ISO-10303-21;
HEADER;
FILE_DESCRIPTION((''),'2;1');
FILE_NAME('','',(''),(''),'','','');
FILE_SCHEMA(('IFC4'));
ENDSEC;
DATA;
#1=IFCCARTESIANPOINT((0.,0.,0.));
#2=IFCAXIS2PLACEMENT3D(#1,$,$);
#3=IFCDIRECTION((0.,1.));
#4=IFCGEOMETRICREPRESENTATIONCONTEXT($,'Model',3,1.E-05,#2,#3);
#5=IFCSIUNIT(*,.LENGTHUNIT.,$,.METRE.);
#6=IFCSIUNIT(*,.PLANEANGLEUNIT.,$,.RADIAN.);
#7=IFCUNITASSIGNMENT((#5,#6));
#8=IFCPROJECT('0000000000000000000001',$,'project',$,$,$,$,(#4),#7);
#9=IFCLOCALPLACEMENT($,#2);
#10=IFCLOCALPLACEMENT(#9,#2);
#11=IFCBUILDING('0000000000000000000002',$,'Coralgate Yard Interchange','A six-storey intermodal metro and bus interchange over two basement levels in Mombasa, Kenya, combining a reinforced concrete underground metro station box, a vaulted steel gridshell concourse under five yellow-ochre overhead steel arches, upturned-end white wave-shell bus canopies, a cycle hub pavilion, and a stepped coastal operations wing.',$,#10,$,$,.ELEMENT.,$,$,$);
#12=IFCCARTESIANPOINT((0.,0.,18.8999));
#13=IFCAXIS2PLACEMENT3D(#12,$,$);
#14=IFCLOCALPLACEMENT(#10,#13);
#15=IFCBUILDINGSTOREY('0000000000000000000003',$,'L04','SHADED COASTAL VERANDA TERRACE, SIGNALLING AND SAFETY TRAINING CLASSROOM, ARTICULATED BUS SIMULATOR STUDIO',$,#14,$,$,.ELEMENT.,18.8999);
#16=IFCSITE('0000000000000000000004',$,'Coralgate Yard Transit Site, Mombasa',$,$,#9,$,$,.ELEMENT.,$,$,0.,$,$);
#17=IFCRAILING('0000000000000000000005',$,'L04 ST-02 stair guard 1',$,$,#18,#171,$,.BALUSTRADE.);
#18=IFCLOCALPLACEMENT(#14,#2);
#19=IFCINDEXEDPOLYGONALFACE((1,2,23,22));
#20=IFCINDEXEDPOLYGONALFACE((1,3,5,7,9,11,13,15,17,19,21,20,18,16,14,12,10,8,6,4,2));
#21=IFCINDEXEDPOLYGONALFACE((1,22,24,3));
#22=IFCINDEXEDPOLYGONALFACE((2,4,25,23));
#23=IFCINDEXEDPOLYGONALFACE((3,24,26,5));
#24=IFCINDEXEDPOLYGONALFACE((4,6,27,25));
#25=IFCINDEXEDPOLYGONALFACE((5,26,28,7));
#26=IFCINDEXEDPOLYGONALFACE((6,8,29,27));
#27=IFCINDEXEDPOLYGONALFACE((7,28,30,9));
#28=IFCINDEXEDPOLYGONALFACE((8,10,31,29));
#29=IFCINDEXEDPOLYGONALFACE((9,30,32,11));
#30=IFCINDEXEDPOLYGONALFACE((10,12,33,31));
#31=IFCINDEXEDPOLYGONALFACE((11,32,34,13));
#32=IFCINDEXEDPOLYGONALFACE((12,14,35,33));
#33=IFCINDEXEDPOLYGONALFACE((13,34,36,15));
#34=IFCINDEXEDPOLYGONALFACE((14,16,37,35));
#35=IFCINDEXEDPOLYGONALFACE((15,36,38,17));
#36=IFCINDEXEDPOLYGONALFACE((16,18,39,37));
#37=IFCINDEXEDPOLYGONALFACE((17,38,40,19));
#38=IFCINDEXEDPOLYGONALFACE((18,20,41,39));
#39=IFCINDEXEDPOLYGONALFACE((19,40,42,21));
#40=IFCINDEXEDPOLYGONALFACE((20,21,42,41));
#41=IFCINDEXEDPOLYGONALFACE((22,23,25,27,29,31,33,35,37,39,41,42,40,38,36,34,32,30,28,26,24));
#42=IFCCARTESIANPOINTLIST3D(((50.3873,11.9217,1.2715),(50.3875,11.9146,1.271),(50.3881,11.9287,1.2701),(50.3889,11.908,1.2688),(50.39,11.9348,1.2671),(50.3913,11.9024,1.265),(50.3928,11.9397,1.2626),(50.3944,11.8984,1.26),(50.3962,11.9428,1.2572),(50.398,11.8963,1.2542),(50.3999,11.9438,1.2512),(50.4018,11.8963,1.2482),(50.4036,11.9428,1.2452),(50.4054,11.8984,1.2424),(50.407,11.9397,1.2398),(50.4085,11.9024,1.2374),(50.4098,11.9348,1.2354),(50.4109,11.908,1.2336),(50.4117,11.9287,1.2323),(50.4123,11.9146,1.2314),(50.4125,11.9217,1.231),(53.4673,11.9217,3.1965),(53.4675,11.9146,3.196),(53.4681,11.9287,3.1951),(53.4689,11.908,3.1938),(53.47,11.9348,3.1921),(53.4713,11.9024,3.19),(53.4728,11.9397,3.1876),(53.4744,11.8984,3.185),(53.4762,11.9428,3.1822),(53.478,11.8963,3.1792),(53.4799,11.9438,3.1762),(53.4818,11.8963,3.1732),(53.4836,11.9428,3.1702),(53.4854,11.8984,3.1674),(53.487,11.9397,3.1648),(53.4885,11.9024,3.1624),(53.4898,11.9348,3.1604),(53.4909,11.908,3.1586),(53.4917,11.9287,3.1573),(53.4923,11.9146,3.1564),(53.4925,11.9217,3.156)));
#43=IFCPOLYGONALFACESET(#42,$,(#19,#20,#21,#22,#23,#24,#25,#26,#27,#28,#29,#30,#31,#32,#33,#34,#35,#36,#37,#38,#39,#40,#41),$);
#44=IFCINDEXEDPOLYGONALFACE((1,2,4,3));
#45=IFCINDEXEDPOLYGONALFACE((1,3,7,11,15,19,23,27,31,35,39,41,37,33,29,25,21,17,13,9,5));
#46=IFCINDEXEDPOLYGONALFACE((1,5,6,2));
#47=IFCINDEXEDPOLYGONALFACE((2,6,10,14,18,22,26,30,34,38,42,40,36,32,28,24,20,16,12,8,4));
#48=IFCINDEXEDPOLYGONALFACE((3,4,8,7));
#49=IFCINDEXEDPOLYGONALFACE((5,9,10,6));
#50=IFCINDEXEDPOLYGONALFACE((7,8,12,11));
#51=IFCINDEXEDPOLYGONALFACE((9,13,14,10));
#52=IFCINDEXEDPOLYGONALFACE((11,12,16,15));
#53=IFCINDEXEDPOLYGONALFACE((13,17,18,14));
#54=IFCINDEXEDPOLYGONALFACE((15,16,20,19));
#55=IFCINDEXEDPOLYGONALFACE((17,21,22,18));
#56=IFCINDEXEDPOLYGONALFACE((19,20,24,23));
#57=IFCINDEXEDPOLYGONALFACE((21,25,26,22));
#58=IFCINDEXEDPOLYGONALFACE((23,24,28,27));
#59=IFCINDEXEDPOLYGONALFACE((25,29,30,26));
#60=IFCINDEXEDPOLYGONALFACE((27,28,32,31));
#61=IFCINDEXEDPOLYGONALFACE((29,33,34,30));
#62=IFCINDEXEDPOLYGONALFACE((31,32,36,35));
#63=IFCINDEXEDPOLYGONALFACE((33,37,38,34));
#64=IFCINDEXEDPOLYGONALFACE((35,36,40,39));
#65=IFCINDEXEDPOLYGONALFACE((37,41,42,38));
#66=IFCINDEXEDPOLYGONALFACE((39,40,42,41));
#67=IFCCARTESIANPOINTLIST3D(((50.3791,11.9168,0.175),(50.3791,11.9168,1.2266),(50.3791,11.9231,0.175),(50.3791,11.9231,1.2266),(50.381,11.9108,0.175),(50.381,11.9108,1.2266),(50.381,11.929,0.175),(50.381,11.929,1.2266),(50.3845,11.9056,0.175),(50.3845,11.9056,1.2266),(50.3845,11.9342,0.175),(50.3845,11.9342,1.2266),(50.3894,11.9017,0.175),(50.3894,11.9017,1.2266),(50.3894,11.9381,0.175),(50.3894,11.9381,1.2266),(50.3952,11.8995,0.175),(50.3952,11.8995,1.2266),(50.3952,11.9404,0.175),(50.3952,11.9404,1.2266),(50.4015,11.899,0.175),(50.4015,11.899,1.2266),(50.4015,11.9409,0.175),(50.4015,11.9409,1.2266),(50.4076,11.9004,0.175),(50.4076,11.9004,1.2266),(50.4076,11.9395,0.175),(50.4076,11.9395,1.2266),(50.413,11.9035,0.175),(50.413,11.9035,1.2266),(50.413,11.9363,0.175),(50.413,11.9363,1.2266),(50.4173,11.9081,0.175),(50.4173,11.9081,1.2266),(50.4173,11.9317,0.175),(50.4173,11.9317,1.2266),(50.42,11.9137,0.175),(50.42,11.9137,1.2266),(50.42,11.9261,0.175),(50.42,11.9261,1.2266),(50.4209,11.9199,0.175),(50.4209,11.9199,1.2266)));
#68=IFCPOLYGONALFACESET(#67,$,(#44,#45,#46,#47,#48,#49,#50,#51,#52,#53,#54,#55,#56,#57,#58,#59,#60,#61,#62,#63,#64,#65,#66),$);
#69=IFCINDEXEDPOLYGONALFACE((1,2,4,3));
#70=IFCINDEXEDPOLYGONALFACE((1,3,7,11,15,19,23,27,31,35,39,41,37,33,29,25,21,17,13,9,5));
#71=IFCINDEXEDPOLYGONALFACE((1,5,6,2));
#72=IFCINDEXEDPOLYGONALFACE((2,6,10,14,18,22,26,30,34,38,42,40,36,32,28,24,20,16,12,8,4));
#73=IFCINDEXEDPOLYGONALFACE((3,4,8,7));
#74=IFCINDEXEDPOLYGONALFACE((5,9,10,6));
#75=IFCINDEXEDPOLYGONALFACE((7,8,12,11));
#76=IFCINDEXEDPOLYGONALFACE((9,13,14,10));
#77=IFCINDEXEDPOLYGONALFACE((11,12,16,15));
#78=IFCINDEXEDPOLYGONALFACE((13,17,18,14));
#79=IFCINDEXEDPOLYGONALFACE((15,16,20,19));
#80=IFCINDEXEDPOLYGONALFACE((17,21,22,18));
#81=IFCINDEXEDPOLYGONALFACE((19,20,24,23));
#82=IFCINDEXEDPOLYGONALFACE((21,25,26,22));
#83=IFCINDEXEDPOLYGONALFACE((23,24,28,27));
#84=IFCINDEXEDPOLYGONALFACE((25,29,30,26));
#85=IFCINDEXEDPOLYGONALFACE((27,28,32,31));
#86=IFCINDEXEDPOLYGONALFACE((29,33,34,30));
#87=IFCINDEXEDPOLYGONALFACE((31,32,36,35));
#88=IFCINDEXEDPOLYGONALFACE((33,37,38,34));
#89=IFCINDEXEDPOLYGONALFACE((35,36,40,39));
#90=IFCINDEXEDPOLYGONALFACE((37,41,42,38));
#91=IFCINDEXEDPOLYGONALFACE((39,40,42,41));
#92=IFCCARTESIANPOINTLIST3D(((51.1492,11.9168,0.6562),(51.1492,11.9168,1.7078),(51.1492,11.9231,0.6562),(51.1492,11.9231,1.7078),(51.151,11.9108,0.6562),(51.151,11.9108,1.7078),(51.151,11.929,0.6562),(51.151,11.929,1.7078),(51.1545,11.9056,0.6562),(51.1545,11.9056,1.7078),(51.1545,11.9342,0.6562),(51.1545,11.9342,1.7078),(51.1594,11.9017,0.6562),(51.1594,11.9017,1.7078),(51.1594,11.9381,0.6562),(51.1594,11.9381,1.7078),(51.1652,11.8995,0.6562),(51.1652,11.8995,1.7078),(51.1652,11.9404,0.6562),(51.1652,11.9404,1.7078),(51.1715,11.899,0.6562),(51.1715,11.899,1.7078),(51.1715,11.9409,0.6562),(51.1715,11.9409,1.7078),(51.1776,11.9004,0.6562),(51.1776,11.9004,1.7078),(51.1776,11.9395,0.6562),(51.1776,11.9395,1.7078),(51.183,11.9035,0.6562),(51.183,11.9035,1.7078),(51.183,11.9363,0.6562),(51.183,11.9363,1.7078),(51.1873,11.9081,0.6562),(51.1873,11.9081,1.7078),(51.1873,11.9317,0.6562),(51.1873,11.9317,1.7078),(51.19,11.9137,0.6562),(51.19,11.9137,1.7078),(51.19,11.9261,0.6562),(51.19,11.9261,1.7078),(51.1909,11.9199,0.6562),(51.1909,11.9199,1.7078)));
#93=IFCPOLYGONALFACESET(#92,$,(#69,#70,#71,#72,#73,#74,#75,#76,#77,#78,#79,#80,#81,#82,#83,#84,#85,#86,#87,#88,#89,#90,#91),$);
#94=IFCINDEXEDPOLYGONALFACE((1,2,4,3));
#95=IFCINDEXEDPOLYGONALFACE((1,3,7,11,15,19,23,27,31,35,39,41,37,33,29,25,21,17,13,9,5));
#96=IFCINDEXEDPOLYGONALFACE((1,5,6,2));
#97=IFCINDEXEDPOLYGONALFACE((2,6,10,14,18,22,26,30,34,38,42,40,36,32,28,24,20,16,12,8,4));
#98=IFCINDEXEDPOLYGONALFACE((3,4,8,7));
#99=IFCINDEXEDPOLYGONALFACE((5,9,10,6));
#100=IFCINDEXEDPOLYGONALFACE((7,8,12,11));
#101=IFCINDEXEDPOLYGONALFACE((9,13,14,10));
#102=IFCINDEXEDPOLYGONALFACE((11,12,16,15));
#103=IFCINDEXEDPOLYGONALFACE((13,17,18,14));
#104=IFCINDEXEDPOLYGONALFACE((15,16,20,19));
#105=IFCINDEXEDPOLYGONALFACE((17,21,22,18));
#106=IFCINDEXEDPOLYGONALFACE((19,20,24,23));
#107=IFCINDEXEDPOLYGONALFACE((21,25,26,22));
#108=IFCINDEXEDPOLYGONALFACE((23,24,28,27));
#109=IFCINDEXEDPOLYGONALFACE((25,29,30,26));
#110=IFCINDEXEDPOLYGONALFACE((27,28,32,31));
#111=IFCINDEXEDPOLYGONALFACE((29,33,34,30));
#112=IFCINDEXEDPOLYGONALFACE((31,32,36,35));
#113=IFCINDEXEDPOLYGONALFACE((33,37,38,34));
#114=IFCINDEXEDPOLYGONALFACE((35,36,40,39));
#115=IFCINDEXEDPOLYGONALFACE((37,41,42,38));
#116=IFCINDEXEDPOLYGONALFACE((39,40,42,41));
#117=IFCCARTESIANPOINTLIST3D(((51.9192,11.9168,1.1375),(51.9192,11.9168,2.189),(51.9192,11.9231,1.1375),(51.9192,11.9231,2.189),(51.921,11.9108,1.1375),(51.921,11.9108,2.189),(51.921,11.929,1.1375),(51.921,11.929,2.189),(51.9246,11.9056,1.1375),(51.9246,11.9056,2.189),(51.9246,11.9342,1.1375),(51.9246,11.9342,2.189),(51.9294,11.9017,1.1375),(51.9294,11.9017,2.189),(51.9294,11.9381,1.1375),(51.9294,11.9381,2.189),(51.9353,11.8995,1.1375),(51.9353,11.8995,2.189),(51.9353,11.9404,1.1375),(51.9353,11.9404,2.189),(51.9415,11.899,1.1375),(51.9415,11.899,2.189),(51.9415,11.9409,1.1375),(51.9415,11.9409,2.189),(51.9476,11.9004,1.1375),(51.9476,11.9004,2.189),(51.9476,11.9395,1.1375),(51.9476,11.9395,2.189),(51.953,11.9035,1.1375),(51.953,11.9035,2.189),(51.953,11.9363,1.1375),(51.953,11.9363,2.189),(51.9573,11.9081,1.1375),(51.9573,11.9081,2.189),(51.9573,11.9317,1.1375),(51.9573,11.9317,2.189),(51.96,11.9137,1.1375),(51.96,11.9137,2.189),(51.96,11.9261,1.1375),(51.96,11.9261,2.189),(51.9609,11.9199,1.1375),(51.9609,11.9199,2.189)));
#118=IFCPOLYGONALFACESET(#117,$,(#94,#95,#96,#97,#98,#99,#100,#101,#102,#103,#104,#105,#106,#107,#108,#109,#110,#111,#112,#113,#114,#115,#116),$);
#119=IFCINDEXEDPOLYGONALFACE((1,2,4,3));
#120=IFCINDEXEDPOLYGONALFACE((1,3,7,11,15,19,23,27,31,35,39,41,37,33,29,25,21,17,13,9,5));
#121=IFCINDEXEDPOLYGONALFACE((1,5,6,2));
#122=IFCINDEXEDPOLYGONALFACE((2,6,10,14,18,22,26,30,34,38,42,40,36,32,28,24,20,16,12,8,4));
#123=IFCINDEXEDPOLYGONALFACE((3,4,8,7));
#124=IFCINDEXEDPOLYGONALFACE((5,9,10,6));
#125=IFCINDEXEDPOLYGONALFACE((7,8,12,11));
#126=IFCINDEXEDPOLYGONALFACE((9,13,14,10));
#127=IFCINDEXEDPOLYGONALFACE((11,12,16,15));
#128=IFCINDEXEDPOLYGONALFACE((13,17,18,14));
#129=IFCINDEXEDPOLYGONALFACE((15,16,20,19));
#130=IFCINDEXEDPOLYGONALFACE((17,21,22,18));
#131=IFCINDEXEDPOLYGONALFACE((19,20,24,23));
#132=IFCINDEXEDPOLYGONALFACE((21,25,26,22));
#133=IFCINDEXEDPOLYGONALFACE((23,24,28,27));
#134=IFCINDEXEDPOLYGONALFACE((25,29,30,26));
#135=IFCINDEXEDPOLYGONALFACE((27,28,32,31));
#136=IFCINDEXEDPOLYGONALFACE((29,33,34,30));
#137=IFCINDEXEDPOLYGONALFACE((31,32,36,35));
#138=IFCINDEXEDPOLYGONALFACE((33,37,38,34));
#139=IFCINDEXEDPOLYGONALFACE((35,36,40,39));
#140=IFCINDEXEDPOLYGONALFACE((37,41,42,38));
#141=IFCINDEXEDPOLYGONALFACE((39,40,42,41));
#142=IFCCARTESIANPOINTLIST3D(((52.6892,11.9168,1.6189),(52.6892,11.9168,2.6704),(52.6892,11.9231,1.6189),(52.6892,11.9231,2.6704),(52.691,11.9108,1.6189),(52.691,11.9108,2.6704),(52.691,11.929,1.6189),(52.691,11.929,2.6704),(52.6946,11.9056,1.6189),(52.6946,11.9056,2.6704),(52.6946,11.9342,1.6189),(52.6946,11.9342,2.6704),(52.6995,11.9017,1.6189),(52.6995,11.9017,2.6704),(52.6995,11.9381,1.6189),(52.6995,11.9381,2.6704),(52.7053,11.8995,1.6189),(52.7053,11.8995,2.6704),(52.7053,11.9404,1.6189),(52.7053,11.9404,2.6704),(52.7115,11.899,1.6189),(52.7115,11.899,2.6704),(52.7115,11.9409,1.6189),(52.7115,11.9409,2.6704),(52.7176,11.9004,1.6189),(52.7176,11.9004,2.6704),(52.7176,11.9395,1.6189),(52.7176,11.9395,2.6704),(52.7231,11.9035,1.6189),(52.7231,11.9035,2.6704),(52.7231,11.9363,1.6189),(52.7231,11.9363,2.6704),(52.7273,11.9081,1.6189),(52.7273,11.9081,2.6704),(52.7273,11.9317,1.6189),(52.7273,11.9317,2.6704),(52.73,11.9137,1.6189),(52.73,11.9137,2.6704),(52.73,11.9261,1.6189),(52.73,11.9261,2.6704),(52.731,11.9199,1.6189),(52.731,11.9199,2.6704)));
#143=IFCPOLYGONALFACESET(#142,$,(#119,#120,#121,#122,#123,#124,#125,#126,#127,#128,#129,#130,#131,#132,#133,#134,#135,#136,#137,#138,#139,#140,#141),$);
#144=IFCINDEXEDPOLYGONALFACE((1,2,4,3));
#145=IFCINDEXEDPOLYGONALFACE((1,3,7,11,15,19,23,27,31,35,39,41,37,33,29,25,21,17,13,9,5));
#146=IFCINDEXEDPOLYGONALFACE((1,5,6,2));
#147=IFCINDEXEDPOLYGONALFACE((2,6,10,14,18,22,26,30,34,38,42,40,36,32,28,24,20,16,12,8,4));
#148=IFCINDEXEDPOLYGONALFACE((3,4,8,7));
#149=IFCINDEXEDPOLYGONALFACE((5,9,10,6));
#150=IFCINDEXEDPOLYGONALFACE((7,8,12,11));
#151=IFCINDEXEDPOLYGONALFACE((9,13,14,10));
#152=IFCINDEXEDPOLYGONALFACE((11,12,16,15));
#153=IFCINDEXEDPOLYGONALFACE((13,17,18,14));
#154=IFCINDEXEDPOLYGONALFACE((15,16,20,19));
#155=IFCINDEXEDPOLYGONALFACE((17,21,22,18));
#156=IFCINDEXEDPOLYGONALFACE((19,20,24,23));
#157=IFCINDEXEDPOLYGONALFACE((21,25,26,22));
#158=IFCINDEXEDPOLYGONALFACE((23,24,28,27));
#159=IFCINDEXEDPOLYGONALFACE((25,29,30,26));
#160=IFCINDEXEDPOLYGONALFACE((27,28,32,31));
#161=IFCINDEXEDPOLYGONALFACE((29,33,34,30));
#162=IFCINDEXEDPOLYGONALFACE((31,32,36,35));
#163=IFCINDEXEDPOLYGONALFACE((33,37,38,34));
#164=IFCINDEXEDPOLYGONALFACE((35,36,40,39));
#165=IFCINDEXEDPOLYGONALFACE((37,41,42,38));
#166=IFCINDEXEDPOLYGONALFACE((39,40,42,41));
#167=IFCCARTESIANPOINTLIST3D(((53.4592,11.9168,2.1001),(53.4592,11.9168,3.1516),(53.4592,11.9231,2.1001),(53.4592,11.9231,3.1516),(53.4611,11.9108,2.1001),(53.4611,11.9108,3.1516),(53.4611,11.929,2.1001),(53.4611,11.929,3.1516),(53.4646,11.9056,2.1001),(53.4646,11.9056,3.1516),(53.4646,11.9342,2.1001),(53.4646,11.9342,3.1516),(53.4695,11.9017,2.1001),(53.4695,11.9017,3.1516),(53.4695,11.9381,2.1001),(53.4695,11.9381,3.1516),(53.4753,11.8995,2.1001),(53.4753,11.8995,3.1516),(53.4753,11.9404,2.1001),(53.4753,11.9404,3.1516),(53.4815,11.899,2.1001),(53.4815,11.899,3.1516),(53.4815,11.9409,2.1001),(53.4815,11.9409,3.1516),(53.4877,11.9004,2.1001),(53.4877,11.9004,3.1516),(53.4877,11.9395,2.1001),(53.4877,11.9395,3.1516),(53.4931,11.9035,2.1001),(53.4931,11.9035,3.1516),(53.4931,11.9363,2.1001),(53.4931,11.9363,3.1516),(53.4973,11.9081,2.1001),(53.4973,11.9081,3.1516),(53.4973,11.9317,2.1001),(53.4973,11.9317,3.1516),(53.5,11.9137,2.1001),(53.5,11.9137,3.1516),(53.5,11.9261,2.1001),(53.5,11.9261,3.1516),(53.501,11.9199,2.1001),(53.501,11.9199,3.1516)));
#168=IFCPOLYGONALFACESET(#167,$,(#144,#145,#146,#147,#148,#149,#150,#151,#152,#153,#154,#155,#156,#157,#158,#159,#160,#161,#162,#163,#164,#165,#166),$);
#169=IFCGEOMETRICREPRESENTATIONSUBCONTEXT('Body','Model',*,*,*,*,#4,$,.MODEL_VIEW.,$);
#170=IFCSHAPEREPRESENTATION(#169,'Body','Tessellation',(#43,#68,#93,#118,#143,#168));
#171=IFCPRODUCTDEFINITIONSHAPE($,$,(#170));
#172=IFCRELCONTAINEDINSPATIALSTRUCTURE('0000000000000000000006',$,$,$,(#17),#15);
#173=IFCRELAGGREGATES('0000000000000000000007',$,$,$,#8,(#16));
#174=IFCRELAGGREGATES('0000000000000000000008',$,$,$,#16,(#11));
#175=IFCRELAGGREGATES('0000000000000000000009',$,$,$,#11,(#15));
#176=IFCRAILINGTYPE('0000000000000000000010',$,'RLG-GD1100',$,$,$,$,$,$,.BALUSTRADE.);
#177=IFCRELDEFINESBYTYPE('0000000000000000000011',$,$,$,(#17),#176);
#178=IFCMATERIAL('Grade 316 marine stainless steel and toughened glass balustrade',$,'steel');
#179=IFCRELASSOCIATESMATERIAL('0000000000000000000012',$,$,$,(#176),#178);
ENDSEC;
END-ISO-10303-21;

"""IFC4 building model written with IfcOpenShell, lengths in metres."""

from ifc_helpers import new_model, si_unit, direction, frame, origin, origin_2d, place, context, subcontext, project, spatial, circle, extrude, material, type_object, element, save


model = new_model("IFC4")

# Units and contexts
model_context = context("Model", 3, precision=1e-05, world=origin(), true_north=direction((0.0, 1.0)))
body_context = subcontext(model_context, "Body", "Model", "MODEL_VIEW")
ifc_project = project(units=[si_unit("LENGTHUNIT", "METRE"), si_unit("PLANEANGLEUNIT", "RADIAN")], contexts=[model_context])

# Site, building, storey
site_placement = place(None, origin())
site = spatial("IfcSite", under=ifc_project, at=site_placement, Name="Coralgate Yard Transit Site, Mombasa", CompositionType="ELEMENT", RefElevation=0.0)
building_placement = place(site_placement, origin())
building = spatial("IfcBuilding", under=site, at=building_placement, Name="Coralgate Yard Interchange", Description="A six-storey intermodal metro and bus interchange over two basement levels in Mombasa, Kenya, combining a reinforced concrete underground metro station box, a vaulted steel gridshell concourse under five yellow-ochre overhead steel arches, upturned-end white wave-shell bus canopies, a cycle hub pavilion, and a stepped coastal operations wing.", CompositionType="ELEMENT")
storey_placement = place(building_placement, frame((0.0, 0.0, 18.8999)))
storey = spatial("IfcBuildingStorey", under=building, at=storey_placement, Name="L04", Description="SHADED COASTAL VERANDA TERRACE, SIGNALLING AND SAFETY TRAINING CLASSROOM, ARTICULATED BUS SIMULATOR STUDIO", CompositionType="ELEMENT", Elevation=18.8999)

# Railing
ifc_material_1 = material(Name="Grade 316 marine stainless steel and toughened glass balustrade", Category="steel")
railing_type_1 = type_object("IfcRailingType", Name="RLG-GD1100", PredefinedType="BALUSTRADE", material=ifc_material_1)
railing_1_placement = place(storey_placement, frame((50.3999, 11.9199, 0.175)))
element("IfcRailing", 1, at=railing_1_placement, inside=storey, type_object=railing_type_1, Name="L04 ST-02 stair guard 1", PredefinedType="BALUSTRADE", context=body_context, shape_type="SweptSolid", body=[
    extrude(circle(Radius=0.0239, at=origin_2d()), frame((0.0, 0.0, 1.0762), z_axis=(0.847998, 0.0, 0.529999), x_axis=(0.0, 1.0, 0.0)), (0.0, 0.0, 1.0), 3.6321),
    extrude(circle(Radius=0.021, at=origin_2d()), origin(), (0.0, 0.0, 1.0), 1.0515),
    extrude(circle(Radius=0.021, at=origin_2d()), frame((0.77, 0.0, 0.4812)), (0.0, 0.0, 1.0), 1.0515),
    extrude(circle(Radius=0.021, at=origin_2d()), frame((1.54, 0.0, 0.9624)), (0.0, 0.0, 1.0), 1.0515),
    extrude(circle(Radius=0.021, at=origin_2d()), frame((2.3101, 0.0, 1.4438)), (0.0, 0.0, 1.0), 1.0515),
    extrude(circle(Radius=0.021, at=origin_2d()), frame((3.0801, 0.0, 1.925)), (0.0, 0.0, 1.0), 1.0515),
])

save(model, "model.ifc")
